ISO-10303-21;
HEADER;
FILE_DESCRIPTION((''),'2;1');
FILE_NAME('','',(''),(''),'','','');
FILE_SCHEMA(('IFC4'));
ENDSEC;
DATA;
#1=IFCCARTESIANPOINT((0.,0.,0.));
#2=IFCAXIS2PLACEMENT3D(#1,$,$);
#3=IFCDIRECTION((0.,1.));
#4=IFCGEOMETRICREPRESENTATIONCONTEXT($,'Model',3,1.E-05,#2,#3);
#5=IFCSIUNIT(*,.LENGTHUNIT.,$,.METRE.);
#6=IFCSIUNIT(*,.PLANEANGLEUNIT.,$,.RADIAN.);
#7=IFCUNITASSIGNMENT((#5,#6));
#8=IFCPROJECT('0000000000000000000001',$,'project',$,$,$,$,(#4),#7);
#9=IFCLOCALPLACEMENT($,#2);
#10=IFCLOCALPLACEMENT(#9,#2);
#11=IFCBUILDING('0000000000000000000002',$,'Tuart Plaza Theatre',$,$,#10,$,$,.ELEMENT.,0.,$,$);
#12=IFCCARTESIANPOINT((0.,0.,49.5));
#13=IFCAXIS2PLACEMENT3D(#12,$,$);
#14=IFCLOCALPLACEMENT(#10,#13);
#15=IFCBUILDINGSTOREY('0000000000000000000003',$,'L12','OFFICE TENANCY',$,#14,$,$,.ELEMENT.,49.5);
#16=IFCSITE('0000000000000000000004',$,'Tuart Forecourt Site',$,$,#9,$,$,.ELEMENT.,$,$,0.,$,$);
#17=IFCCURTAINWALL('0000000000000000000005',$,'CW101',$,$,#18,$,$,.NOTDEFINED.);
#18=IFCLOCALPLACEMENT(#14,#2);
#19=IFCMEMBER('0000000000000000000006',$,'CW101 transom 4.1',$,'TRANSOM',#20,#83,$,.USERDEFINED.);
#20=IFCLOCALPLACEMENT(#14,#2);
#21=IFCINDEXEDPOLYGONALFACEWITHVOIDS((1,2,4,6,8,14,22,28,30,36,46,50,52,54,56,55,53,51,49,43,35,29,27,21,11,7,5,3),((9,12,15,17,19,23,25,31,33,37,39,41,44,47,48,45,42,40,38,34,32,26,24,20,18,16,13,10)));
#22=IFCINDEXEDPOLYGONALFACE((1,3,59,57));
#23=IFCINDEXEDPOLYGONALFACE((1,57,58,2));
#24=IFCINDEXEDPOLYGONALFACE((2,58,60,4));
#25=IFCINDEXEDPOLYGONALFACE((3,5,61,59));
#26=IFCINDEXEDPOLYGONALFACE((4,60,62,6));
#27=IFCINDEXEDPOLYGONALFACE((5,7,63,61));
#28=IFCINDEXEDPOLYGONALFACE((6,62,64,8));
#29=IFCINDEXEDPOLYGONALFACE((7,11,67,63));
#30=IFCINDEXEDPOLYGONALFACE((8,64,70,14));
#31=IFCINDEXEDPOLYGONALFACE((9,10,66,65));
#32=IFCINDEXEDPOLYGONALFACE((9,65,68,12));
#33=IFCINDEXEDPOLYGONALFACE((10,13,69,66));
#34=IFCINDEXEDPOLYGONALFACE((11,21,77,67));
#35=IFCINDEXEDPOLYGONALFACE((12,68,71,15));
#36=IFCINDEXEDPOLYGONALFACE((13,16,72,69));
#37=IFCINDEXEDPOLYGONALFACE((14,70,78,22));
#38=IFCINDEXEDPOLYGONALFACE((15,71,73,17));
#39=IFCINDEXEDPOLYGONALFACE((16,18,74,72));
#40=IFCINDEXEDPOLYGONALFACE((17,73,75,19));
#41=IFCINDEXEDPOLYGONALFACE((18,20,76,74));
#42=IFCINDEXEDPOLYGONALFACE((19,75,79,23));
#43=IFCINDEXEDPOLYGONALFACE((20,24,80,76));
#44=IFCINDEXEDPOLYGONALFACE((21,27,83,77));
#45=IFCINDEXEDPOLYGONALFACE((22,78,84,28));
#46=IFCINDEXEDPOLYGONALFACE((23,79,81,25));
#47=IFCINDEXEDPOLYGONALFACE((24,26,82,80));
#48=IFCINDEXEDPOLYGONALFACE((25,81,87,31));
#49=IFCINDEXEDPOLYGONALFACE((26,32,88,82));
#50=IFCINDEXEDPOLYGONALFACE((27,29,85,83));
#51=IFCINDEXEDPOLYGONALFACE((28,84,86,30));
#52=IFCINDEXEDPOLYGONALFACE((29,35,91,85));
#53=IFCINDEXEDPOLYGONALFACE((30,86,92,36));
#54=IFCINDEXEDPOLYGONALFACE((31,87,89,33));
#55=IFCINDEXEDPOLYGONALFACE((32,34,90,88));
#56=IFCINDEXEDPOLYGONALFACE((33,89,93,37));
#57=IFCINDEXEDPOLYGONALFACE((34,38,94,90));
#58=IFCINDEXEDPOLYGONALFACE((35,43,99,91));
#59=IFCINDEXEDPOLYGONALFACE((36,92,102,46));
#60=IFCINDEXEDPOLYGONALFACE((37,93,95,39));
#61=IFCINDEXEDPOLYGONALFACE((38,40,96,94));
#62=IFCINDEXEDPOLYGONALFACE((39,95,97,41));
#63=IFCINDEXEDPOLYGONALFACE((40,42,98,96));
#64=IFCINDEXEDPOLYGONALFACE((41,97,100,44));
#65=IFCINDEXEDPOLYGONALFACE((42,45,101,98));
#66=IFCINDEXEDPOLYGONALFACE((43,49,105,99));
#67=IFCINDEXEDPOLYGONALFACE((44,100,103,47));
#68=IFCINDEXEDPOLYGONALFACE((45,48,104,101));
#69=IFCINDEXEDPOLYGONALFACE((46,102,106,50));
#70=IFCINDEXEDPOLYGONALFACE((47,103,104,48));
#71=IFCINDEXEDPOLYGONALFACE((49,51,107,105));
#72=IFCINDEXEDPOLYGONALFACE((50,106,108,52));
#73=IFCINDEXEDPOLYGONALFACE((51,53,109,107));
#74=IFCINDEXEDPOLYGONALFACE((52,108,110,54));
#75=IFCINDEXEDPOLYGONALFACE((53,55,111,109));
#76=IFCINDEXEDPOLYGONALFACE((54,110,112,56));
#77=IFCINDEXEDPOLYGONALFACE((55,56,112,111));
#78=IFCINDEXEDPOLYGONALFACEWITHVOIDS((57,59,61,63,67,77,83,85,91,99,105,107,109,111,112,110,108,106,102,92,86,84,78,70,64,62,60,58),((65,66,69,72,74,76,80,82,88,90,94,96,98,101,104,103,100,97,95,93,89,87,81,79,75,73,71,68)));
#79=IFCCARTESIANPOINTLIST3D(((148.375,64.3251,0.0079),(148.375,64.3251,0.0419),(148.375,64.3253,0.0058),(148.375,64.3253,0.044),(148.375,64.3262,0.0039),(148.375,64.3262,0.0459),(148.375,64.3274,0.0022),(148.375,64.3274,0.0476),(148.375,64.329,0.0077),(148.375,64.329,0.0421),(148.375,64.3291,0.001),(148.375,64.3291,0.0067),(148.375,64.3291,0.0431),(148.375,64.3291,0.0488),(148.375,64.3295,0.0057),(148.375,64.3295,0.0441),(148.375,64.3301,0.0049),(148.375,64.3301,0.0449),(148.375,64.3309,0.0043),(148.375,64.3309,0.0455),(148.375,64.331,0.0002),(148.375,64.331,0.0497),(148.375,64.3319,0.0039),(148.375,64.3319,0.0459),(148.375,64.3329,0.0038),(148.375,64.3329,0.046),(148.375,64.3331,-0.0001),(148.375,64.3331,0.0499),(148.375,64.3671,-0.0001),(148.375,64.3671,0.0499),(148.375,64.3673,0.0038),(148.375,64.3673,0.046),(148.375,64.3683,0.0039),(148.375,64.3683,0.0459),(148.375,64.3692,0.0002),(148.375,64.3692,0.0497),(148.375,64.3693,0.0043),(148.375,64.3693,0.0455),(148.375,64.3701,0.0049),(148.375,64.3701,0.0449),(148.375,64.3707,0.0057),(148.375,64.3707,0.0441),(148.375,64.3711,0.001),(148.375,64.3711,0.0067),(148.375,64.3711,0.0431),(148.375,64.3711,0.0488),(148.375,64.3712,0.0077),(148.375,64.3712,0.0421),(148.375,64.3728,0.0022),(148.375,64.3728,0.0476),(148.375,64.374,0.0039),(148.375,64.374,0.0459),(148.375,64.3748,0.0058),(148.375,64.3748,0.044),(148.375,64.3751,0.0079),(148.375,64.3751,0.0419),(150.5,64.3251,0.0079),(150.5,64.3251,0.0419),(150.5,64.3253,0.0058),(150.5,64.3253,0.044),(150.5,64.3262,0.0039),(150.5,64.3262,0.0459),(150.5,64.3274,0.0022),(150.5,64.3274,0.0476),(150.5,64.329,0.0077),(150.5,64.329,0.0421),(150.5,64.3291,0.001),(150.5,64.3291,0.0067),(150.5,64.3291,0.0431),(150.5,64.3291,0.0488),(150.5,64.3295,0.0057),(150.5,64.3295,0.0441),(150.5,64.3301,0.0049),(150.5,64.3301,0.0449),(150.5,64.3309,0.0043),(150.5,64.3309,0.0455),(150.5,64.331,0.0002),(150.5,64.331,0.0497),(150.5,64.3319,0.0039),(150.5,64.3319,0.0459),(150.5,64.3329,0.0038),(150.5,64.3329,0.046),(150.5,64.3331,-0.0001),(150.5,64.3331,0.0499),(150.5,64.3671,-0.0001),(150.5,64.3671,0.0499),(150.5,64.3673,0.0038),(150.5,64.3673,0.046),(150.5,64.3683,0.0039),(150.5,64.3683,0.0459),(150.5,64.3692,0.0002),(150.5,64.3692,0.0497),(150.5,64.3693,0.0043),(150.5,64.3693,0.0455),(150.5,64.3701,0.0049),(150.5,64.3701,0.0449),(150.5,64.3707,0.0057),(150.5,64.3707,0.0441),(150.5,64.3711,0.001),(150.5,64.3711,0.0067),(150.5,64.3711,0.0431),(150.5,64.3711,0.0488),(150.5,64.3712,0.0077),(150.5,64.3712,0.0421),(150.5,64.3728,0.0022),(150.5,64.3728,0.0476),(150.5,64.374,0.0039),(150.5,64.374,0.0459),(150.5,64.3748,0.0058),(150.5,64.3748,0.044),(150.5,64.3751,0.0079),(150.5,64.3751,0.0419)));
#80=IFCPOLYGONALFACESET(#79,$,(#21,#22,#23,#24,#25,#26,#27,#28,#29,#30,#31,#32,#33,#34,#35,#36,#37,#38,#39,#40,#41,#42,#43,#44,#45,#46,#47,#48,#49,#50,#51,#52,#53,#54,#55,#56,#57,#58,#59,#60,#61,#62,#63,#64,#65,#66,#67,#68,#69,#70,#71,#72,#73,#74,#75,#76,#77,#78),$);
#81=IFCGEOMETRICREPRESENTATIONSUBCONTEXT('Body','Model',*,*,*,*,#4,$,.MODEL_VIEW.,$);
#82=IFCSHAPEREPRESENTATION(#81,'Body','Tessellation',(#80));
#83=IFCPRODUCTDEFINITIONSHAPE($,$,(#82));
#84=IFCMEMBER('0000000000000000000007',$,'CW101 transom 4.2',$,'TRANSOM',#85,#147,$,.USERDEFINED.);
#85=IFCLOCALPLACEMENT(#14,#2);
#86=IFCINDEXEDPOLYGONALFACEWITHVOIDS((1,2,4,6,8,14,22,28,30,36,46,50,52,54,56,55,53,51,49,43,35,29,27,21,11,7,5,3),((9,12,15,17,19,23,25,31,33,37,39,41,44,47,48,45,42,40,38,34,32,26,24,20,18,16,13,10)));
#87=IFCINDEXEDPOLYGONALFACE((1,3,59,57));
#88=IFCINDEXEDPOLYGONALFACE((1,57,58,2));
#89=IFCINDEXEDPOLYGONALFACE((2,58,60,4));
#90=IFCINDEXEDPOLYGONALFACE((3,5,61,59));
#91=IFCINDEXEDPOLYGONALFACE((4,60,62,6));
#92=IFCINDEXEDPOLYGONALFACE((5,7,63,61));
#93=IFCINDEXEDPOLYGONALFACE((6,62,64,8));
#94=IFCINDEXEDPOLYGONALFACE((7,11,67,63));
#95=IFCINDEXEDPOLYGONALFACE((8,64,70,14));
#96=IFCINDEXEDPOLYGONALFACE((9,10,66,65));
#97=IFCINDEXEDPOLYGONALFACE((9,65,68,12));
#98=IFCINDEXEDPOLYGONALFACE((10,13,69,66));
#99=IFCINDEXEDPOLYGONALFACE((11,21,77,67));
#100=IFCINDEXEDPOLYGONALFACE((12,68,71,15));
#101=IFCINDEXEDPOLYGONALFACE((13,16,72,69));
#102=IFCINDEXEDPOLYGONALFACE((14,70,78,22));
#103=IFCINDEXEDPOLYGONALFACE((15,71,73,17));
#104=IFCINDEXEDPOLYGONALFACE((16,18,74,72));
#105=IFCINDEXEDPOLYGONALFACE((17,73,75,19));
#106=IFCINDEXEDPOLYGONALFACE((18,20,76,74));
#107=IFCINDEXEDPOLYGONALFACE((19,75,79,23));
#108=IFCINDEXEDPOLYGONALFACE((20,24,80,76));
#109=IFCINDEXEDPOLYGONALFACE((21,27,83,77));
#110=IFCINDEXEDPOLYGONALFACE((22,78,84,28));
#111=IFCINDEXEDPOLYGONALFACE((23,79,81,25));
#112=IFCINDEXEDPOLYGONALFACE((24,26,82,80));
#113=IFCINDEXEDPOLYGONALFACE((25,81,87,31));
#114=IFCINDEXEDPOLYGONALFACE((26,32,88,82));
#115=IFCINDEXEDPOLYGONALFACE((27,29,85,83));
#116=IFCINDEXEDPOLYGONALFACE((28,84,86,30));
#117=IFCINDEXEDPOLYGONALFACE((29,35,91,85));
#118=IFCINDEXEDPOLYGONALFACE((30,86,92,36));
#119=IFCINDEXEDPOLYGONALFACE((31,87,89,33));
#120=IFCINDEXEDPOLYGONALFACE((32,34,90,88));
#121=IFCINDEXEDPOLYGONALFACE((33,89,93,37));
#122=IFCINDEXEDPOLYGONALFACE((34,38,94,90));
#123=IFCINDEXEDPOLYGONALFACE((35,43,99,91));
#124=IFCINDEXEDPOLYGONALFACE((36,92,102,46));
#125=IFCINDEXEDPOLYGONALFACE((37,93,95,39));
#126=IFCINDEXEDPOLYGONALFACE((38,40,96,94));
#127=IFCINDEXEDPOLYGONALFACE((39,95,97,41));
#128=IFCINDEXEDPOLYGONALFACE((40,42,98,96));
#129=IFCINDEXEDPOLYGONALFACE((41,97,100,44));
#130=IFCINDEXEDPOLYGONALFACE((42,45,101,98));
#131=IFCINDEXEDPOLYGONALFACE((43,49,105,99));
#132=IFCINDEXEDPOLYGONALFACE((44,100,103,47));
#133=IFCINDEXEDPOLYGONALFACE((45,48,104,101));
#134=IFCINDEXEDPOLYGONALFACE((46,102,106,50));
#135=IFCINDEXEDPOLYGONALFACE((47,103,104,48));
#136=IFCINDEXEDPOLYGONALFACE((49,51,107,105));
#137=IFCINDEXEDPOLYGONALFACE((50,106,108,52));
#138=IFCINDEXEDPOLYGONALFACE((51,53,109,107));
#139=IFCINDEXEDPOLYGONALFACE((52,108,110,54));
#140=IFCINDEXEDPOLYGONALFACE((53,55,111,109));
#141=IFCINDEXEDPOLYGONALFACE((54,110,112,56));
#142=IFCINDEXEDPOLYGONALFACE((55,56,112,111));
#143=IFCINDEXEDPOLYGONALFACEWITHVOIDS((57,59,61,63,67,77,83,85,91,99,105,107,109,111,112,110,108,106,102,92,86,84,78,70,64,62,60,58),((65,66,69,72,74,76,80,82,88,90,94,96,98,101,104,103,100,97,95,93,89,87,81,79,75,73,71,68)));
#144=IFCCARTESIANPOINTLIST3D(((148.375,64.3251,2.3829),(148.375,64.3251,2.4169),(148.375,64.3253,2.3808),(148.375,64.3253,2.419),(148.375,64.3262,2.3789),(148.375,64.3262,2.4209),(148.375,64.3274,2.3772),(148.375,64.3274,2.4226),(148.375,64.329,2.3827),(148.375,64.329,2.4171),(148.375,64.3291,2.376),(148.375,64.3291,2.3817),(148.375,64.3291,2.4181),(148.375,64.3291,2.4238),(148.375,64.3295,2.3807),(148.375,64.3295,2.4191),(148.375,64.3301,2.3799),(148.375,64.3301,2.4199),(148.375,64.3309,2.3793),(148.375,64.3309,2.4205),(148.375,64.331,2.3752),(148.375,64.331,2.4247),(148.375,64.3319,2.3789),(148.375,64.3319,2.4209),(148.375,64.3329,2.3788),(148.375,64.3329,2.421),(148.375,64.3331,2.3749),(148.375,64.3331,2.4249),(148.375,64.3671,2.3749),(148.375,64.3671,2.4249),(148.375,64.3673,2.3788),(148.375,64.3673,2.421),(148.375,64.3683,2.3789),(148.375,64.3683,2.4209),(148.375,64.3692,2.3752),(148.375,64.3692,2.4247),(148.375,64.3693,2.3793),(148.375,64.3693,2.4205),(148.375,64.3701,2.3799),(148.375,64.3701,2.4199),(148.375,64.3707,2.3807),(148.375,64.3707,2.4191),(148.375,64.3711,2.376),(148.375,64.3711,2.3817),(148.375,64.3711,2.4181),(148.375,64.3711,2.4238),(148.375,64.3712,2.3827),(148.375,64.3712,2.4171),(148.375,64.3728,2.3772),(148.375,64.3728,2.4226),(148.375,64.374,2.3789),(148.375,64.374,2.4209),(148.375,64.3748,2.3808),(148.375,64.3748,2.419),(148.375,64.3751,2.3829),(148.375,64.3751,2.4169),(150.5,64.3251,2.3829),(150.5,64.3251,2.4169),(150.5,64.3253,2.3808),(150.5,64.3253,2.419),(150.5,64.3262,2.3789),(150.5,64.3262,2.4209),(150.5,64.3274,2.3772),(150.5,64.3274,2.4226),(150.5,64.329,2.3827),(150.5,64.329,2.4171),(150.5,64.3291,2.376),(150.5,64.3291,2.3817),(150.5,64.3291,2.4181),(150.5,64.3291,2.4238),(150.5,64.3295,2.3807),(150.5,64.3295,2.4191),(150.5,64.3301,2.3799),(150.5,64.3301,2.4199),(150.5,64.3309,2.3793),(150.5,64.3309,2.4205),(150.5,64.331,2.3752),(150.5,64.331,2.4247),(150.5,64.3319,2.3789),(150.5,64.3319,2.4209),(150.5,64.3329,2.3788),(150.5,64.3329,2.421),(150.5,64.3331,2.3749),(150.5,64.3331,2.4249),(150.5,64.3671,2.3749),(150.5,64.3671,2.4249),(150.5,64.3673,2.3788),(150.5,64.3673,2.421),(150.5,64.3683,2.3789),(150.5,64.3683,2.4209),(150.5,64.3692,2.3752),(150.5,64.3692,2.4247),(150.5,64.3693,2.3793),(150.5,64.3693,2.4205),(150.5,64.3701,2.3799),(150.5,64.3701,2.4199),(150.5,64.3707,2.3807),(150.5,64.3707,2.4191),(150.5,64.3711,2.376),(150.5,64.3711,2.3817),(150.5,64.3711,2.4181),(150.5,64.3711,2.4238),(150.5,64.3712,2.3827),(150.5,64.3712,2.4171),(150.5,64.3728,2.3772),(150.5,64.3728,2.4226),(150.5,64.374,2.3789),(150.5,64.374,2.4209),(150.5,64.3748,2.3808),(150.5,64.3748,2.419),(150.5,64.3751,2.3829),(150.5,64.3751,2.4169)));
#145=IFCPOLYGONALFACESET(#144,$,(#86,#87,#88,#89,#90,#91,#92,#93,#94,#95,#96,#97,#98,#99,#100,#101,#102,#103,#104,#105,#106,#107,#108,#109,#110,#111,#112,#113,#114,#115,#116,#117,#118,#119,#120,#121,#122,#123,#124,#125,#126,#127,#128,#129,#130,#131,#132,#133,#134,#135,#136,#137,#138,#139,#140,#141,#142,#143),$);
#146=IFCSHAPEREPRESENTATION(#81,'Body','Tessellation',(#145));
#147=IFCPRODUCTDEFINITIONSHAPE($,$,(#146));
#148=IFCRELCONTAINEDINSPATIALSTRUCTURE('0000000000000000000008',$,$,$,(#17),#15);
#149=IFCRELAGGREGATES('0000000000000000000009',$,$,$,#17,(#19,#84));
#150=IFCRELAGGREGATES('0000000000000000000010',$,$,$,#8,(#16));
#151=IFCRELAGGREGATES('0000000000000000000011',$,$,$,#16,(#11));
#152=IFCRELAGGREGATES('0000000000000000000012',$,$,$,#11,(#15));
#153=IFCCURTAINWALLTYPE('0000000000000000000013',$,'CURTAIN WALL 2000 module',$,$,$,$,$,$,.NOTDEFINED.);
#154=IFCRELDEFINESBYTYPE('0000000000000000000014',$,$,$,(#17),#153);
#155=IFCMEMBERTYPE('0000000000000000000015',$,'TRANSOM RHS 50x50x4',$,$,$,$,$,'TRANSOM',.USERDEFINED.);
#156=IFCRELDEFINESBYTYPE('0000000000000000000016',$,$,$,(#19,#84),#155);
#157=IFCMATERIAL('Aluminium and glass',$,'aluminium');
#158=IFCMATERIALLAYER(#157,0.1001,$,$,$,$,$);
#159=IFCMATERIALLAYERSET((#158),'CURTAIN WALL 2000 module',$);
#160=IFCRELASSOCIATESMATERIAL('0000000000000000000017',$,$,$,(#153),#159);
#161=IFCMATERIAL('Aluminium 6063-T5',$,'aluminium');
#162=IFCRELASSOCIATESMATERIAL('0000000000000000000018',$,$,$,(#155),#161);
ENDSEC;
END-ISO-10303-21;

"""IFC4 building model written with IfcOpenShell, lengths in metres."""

from ifc_helpers import new_model, si_unit, direction, frame, origin, origin_2d, place, context, subcontext, project, spatial, hollow_rectangle, extrude, material, layer, layer_set, material_profile, profile_set, type_object, element, aggregate, save


model = new_model("IFC4")

# Units and contexts
model_context = context("Model", 3, precision=1e-05, world=origin(), true_north=direction((0.0, 1.0)))
body_context = subcontext(model_context, "Body", "Model", "MODEL_VIEW")
ifc_project = project(units=[si_unit("LENGTHUNIT", "METRE"), si_unit("PLANEANGLEUNIT", "RADIAN")], contexts=[model_context])

# Site, building, storey
site_placement = place(None, origin())
site = spatial("IfcSite", under=ifc_project, at=site_placement, Name="Tuart Forecourt Site", CompositionType="ELEMENT", RefElevation=0.0)
building_placement = place(site_placement, origin())
building = spatial("IfcBuilding", under=site, at=building_placement, Name="Tuart Plaza Theatre", CompositionType="ELEMENT", ElevationOfRefHeight=0.0)
storey_placement = place(building_placement, frame((0.0, 0.0, 49.5)))
storey = spatial("IfcBuildingStorey", under=building, at=storey_placement, Name="L12", Description="OFFICE TENANCY", CompositionType="ELEMENT", Elevation=49.5)

# Shared definitions
ifc_material_1 = material(Name="Aluminium and glass", Category="aluminium")
ifc_layer_1 = layer(ifc_material_1, 0.1001)
ifc_layer_set_1 = layer_set([ifc_layer_1], Name="CURTAIN WALL 2000 module")
curtain_wall_type = type_object("IfcCurtainWallType", Name="CURTAIN WALL 2000 module", PredefinedType="NOTDEFINED", material=ifc_layer_set_1)

# Curtain wall
curtain_wall_1_placement = place(storey_placement, origin())
curtain_wall_1 = element("IfcCurtainWall", 1, at=curtain_wall_1_placement, inside=storey, type_object=curtain_wall_type, Name="CW101", PredefinedType="NOTDEFINED")

# Members
ifc_material_2 = material(Name="Aluminium 6063-T5", Category="aluminium")
ifc_material_profile_1 = material_profile(ifc_material_2, hollow_rectangle(XDim=0.05, YDim=0.05, WallThickness=0.0039, InnerFilletRadius=0.0039, OuterFilletRadius=0.0081, at=origin_2d()), Name="RHS 50x50x4")
ifc_profile_set_1 = profile_set([ifc_material_profile_1], Name="Aluminium 6063-T5")
member_type_1 = type_object("IfcMemberType", Name="TRANSOM RHS 50x50x4", ElementType="TRANSOM", PredefinedType="USERDEFINED", material=ifc_profile_set_1)
member_1_placement = place(storey_placement, frame((148.375, 64.3501, 0.0249), z_axis=(1.0, 0.0, 0.0), x_axis=(0.0, 1.0, 0.0)))
member_1 = element("IfcMember", 2, at=member_1_placement, type_object=member_type_1, Name="CW101 transom 4.1", ObjectType="TRANSOM", PredefinedType="USERDEFINED", context=body_context, shape_type="SweptSolid", body=[
    extrude(hollow_rectangle(XDim=0.05, YDim=0.05, WallThickness=0.0039, InnerFilletRadius=0.0039, OuterFilletRadius=0.0081, at=origin_2d()), origin(), (0.0, 0.0, 1.0), 2.125),
])
member_2_placement = place(storey_placement, frame((148.375, 64.3501, 2.3999), z_axis=(1.0, 0.0, 0.0), x_axis=(0.0, 1.0, 0.0)))
member_2 = element("IfcMember", 3, at=member_2_placement, type_object=member_type_1, Name="CW101 transom 4.2", ObjectType="TRANSOM", PredefinedType="USERDEFINED", context=body_context, shape_type="SweptSolid", body=[
    extrude(hollow_rectangle(XDim=0.05, YDim=0.05, WallThickness=0.0039, InnerFilletRadius=0.0039, OuterFilletRadius=0.0081, at=origin_2d()), origin(), (0.0, 0.0, 1.0), 2.125),
])

aggregate(curtain_wall_1, [member_1, member_2])

save(model, "model.ifc")
